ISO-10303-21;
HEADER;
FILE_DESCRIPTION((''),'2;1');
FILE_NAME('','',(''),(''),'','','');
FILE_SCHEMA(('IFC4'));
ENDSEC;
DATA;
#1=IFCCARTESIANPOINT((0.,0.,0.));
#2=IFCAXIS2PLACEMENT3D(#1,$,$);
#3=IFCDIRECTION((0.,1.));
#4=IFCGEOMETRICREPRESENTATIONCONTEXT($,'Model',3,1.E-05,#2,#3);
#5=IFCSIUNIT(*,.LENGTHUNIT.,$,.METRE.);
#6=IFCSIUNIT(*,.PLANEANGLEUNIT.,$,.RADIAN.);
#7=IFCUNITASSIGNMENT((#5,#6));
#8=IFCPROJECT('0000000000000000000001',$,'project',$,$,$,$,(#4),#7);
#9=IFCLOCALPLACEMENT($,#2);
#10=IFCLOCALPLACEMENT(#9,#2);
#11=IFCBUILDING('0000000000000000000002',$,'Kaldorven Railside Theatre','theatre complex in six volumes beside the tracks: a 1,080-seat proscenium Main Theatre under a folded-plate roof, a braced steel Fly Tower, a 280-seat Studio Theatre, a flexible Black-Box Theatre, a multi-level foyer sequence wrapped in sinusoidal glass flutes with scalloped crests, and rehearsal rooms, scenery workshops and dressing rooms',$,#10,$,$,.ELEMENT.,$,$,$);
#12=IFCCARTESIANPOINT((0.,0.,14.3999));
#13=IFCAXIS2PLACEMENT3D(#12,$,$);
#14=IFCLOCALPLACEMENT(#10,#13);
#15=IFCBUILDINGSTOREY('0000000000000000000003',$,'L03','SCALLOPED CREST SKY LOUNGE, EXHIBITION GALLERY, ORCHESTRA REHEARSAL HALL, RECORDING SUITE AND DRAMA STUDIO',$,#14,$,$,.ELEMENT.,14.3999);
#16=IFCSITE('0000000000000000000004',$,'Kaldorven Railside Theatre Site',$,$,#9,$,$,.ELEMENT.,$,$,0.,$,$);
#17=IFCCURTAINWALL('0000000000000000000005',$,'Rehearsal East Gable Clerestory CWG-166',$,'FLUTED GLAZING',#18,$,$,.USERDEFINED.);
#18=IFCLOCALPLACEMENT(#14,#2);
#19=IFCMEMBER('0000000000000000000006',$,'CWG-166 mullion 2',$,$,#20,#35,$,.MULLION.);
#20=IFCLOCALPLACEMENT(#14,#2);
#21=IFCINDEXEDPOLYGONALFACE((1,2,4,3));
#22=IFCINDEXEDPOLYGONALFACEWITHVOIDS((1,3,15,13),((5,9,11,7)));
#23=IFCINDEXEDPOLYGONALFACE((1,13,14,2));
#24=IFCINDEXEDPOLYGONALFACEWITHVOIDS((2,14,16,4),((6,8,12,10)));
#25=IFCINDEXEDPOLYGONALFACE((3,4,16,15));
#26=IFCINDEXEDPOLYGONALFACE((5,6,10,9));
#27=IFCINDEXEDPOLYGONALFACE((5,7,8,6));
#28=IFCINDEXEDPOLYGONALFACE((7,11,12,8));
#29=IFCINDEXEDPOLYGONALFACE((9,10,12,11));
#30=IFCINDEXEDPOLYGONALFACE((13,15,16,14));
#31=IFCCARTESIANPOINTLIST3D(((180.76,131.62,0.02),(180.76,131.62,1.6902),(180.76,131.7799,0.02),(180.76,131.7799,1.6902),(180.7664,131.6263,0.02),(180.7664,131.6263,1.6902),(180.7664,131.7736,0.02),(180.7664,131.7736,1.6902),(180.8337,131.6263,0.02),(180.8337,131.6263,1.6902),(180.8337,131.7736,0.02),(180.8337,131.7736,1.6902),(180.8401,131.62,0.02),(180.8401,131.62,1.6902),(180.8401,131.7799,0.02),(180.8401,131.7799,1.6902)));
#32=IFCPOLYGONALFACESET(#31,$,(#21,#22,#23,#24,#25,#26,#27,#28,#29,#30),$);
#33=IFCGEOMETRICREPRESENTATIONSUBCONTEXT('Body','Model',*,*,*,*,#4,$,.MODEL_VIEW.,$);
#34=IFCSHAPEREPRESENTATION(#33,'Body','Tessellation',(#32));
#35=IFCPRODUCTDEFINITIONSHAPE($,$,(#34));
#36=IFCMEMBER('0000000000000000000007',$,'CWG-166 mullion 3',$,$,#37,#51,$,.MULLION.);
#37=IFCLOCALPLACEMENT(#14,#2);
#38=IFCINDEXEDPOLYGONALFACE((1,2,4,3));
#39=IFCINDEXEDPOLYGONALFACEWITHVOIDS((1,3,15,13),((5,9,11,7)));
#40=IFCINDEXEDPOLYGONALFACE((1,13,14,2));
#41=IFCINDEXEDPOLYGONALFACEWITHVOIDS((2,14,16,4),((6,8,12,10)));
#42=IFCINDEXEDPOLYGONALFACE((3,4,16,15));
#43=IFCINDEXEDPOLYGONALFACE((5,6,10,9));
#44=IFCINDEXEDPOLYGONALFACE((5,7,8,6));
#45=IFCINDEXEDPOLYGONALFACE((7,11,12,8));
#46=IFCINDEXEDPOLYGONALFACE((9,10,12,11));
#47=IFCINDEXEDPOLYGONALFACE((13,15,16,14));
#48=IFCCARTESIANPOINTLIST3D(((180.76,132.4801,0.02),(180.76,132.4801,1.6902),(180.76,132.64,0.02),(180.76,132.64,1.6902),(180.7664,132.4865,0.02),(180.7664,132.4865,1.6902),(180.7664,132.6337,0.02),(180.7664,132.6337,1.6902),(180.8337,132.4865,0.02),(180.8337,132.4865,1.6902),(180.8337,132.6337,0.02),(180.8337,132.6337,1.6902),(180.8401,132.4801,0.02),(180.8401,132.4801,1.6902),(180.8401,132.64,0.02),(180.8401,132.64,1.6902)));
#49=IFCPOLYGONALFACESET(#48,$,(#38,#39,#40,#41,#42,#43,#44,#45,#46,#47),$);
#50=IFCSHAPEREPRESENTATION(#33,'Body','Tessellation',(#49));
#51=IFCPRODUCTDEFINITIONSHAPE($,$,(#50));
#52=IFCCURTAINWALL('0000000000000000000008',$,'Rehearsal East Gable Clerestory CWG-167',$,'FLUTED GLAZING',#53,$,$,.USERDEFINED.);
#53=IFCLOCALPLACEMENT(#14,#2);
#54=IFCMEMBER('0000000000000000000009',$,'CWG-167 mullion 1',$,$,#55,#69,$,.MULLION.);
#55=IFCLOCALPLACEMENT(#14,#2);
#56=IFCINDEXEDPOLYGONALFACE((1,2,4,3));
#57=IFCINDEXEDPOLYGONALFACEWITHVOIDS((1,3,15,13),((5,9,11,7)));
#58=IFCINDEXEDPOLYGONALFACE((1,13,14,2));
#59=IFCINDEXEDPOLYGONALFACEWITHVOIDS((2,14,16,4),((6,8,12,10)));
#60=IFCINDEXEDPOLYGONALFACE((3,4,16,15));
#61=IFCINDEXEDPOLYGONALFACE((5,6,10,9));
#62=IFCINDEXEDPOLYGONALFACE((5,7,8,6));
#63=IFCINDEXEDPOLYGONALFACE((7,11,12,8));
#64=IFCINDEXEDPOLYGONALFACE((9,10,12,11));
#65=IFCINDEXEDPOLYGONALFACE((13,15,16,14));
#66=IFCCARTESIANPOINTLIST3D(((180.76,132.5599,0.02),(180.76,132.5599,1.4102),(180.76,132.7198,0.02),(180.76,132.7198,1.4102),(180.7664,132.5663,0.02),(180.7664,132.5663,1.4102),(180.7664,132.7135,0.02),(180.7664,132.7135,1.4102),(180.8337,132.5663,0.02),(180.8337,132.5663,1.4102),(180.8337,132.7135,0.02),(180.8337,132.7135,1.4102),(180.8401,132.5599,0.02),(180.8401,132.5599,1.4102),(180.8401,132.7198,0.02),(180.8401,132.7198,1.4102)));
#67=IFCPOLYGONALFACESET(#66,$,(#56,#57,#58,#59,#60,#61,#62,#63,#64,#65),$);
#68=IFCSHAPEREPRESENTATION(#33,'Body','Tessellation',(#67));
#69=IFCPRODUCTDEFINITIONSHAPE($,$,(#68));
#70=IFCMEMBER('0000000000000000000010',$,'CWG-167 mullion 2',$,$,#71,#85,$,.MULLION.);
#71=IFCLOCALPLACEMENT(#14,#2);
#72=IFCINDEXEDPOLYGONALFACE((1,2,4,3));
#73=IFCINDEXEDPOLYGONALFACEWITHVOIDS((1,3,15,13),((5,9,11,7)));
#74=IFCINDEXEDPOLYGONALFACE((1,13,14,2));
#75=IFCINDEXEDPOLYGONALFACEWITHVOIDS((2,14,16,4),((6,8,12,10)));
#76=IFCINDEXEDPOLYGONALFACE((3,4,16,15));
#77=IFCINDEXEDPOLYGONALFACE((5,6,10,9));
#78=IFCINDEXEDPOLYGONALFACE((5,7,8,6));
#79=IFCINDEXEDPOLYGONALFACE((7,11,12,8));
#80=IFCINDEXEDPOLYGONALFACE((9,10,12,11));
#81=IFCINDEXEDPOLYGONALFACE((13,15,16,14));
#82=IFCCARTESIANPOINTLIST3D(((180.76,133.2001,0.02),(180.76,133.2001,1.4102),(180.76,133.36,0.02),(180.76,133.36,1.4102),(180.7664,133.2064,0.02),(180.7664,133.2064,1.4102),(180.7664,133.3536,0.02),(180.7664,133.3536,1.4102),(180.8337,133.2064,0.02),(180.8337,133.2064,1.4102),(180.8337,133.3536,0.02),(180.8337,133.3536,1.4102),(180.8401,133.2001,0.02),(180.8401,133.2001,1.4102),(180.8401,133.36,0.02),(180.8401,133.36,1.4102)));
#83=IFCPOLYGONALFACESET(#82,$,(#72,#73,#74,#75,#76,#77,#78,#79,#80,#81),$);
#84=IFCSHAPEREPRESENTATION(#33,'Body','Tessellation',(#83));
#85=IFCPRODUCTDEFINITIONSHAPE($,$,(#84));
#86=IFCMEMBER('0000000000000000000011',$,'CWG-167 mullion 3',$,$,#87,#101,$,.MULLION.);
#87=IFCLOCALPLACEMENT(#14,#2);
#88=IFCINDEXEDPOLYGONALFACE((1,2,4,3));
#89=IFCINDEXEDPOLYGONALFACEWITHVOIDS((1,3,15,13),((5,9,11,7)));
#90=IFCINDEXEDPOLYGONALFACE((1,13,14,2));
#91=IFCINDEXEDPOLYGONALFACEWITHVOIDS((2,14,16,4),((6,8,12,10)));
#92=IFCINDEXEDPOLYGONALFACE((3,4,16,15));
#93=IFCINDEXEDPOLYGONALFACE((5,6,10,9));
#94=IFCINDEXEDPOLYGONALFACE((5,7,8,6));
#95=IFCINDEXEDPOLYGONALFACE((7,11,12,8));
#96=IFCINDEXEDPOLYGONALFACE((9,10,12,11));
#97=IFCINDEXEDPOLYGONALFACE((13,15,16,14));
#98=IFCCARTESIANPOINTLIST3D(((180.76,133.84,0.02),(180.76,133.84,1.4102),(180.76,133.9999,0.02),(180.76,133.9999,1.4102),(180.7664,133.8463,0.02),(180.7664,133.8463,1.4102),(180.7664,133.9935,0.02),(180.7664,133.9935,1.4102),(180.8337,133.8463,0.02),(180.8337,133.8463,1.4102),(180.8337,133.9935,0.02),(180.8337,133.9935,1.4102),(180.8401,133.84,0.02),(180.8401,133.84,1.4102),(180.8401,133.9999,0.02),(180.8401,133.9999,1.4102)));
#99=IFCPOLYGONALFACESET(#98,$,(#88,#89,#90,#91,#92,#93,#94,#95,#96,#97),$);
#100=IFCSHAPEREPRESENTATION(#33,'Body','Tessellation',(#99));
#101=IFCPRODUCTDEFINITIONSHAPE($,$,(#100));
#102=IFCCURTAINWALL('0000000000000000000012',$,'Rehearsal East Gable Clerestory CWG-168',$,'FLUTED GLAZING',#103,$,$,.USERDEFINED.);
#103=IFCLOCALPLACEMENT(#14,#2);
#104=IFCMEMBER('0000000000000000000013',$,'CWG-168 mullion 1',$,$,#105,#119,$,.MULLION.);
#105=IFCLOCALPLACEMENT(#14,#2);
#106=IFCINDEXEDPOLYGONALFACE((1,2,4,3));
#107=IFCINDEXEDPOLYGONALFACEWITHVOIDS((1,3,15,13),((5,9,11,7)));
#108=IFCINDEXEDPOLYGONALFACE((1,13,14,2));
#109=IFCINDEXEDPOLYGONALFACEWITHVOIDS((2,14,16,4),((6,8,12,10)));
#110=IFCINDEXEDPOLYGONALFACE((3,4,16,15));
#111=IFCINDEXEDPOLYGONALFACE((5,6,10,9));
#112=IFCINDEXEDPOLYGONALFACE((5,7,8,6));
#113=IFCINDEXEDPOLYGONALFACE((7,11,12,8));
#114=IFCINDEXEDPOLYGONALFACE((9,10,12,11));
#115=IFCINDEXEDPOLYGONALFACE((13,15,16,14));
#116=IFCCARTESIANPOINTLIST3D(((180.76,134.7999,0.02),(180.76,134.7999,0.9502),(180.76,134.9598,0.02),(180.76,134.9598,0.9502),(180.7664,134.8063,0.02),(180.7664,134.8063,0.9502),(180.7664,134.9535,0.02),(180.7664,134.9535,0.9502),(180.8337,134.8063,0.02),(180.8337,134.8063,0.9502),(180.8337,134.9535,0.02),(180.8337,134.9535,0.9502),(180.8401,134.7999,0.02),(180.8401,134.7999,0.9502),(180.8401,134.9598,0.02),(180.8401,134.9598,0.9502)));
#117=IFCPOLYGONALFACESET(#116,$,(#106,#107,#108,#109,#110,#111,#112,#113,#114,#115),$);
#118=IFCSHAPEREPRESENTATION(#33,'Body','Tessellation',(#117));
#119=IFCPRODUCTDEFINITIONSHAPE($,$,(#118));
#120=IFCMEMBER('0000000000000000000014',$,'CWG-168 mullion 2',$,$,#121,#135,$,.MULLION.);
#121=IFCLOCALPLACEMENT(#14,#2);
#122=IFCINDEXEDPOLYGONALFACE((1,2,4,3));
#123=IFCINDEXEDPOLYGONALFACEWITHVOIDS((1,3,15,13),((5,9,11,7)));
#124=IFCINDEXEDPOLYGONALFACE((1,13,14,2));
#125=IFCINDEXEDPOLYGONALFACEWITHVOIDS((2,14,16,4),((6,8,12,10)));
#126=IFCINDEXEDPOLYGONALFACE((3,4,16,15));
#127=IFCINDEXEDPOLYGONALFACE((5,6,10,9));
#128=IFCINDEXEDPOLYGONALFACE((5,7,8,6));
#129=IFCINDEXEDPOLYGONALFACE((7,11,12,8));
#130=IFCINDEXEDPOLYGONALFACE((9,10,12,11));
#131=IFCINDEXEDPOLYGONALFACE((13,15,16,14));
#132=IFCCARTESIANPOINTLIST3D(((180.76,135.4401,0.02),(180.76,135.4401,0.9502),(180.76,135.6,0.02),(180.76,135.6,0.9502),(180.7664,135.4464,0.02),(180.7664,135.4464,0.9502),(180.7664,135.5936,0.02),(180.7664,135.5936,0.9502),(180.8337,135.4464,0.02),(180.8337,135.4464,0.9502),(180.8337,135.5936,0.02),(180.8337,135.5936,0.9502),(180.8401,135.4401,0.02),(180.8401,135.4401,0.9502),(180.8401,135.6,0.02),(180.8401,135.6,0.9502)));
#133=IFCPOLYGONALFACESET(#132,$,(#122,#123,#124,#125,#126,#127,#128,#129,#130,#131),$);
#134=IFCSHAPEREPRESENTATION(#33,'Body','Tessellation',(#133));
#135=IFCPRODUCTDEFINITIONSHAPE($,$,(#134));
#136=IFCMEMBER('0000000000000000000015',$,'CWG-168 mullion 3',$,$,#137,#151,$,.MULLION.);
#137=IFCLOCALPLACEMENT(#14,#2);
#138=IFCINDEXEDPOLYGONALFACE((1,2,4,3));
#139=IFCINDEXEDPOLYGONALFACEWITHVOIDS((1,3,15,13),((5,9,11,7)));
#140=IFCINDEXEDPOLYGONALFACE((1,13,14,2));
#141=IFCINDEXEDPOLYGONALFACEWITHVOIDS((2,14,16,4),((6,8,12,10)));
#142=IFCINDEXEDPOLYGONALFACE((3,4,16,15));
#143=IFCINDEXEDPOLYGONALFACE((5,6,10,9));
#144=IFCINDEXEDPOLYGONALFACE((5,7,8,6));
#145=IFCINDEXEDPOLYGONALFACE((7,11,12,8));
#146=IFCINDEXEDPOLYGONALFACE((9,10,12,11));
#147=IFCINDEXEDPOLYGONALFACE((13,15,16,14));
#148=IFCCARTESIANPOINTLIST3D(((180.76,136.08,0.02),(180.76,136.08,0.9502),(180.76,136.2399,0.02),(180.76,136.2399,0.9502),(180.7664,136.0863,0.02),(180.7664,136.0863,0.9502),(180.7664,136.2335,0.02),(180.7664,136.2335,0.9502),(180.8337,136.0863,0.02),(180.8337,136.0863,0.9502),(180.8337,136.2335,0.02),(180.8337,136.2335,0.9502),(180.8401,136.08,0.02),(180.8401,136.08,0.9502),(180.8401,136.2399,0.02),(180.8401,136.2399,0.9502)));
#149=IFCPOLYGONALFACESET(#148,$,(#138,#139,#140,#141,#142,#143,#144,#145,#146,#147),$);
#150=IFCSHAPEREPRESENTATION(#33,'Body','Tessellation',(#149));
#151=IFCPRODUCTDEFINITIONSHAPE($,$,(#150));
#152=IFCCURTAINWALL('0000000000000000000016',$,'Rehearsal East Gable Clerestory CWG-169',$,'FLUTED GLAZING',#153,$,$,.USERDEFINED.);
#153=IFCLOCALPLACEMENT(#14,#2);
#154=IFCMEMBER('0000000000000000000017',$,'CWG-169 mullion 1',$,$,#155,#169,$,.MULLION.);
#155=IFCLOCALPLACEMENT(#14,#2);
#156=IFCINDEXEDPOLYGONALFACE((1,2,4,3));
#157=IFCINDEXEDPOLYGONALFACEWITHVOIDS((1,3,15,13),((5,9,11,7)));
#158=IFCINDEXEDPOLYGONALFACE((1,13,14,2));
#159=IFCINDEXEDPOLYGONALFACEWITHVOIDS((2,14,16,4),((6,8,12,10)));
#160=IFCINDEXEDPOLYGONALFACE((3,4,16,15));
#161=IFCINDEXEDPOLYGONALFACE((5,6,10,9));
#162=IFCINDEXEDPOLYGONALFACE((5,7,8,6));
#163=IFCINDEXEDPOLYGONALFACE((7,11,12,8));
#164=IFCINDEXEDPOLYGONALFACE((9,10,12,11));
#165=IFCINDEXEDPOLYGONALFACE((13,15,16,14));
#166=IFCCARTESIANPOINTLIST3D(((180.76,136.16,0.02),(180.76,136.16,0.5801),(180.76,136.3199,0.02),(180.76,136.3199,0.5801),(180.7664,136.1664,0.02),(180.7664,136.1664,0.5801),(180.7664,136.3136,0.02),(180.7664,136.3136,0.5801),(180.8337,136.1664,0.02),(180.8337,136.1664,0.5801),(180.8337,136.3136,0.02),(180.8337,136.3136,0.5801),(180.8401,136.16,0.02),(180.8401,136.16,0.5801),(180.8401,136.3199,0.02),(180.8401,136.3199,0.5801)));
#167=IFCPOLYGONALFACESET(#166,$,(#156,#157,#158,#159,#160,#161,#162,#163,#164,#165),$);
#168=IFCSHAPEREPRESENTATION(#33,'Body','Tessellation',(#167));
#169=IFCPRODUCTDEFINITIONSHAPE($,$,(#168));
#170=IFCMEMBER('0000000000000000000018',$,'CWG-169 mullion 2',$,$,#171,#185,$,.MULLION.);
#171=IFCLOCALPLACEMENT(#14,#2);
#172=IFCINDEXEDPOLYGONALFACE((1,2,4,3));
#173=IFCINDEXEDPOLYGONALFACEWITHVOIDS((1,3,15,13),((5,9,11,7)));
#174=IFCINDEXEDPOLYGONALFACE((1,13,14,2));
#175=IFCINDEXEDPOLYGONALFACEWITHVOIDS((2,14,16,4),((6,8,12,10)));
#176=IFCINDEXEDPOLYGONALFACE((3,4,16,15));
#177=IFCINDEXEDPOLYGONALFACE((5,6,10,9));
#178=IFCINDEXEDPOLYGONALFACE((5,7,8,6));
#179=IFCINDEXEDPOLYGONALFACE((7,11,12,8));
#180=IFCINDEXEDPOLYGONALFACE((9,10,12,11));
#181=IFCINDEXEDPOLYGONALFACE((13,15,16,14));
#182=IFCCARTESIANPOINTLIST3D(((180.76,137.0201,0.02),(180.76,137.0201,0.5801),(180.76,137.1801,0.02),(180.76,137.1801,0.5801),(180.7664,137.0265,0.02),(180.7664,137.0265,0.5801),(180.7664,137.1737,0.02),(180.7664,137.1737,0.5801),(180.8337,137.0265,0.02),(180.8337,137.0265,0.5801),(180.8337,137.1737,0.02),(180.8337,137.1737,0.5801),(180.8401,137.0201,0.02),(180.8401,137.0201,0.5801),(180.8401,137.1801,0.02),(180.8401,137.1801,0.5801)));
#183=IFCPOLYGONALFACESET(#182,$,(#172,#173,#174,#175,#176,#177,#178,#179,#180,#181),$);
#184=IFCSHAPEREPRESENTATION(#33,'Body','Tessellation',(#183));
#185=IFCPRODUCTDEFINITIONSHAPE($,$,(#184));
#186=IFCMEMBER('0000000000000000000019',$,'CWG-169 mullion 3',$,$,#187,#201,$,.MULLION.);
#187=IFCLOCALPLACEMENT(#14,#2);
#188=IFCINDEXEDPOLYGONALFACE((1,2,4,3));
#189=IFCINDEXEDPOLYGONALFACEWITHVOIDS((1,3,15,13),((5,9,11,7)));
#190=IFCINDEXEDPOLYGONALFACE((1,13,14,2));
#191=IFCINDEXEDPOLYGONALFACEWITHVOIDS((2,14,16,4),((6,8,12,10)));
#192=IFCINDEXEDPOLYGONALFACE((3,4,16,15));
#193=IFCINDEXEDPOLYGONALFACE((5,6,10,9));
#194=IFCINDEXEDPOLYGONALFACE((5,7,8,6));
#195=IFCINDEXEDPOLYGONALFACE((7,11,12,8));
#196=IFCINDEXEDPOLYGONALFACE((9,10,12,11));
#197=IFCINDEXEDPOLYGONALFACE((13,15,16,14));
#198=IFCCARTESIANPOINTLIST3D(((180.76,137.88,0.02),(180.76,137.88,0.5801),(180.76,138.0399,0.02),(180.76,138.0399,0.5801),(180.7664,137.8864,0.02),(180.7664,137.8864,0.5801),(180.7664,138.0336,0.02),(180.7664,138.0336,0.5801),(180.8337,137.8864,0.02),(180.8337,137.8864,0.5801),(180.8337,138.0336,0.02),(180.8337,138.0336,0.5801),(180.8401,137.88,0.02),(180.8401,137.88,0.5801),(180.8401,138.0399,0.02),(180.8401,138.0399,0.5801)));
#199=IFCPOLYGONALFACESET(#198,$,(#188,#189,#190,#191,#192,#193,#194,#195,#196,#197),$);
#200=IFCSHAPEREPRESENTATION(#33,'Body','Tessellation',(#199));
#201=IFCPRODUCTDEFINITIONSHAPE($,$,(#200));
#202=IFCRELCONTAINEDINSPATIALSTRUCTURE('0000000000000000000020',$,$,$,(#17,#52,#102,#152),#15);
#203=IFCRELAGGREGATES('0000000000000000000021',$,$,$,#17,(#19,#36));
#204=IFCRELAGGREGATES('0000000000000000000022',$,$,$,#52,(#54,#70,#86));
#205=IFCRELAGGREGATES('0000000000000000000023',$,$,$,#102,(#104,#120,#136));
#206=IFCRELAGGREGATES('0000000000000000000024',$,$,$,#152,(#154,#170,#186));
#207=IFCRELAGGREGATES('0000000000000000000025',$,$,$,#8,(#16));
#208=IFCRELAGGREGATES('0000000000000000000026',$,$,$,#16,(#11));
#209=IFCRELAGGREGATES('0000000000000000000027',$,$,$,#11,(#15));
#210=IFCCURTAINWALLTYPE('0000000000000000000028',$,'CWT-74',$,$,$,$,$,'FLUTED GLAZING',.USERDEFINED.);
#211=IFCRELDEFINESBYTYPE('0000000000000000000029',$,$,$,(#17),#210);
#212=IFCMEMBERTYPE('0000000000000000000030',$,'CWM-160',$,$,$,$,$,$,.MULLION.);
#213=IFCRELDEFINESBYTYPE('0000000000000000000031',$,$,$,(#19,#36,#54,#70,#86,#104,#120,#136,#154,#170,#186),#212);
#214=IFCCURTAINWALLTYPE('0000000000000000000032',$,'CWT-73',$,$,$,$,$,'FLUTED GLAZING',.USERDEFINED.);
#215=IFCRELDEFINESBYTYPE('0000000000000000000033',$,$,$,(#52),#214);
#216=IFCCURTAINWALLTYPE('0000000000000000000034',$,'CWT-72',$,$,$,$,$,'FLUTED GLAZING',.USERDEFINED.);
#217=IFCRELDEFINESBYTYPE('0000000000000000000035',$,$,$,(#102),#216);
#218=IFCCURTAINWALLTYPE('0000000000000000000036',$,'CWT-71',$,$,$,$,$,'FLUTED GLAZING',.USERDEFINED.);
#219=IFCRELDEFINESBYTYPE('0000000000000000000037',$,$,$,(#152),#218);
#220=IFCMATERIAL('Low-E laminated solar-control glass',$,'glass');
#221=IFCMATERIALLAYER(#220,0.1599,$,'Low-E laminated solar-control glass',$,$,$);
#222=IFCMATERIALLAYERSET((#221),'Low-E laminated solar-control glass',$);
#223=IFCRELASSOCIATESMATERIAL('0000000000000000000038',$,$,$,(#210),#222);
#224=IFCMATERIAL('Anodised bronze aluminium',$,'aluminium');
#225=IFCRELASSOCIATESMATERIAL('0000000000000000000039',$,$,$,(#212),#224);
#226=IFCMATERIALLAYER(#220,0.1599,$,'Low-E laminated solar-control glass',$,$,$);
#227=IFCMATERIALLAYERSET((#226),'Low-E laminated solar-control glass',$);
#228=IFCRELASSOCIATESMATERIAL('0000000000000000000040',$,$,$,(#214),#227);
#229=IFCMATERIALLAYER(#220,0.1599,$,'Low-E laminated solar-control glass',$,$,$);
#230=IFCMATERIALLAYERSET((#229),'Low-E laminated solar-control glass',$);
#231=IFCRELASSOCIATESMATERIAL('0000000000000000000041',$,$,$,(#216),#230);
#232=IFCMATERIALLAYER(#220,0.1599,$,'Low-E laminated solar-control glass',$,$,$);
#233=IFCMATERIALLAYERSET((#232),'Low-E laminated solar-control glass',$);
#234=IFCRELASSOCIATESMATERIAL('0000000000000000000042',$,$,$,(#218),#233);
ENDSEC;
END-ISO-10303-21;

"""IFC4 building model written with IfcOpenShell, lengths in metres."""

from ifc_helpers import new_model, si_unit, direction, frame, origin, origin_2d, place, context, subcontext, project, spatial, hollow_rectangle, extrude, material, layer, layer_set, material_profile, profile_set, type_object, element, aggregate, save


model = new_model("IFC4")

# Units and contexts
model_context = context("Model", 3, precision=1e-05, world=origin(), true_north=direction((0.0, 1.0)))
body_context = subcontext(model_context, "Body", "Model", "MODEL_VIEW")
ifc_project = project(units=[si_unit("LENGTHUNIT", "METRE"), si_unit("PLANEANGLEUNIT", "RADIAN")], contexts=[model_context])

# Site, building, storey
site_placement = place(None, origin())
site = spatial("IfcSite", under=ifc_project, at=site_placement, Name="Kaldorven Railside Theatre Site", CompositionType="ELEMENT", RefElevation=0.0)
building_placement = place(site_placement, origin())
building = spatial("IfcBuilding", under=site, at=building_placement, Name="Kaldorven Railside Theatre", Description="theatre complex in six volumes beside the tracks: a 1,080-seat proscenium Main Theatre under a folded-plate roof, a braced steel Fly Tower, a 280-seat Studio Theatre, a flexible Black-Box Theatre, a multi-level foyer sequence wrapped in sinusoidal glass flutes with scalloped crests, and rehearsal rooms, scenery workshops and dressing rooms", CompositionType="ELEMENT")
storey_placement = place(building_placement, frame((0.0, 0.0, 14.3999)))
storey = spatial("IfcBuildingStorey", under=building, at=storey_placement, Name="L03", Description="SCALLOPED CREST SKY LOUNGE, EXHIBITION GALLERY, ORCHESTRA REHEARSAL HALL, RECORDING SUITE AND DRAMA STUDIO", CompositionType="ELEMENT", Elevation=14.3999)

# Curtain walls, members
ifc_material_1 = material(Name="Low-E laminated solar-control glass", Category="glass")
ifc_layer_1 = layer(ifc_material_1, 0.1599, Name="Low-E laminated solar-control glass")
ifc_layer_set_1 = layer_set([ifc_layer_1], Name="Low-E laminated solar-control glass")
curtain_wall_type_1 = type_object("IfcCurtainWallType", Name="CWT-74", ElementType="FLUTED GLAZING", PredefinedType="USERDEFINED", material=ifc_layer_set_1)
curtain_wall_1_placement = place(storey_placement, origin())
curtain_wall_1 = element("IfcCurtainWall", 1, at=curtain_wall_1_placement, inside=storey, type_object=curtain_wall_type_1, Name="Rehearsal East Gable Clerestory CWG-166", ObjectType="FLUTED GLAZING", PredefinedType="USERDEFINED")
ifc_material_2 = material(Name="Anodised bronze aluminium", Category="aluminium")
ifc_material_profile_1 = material_profile(ifc_material_2, hollow_rectangle(XDim=0.0801, YDim=0.1599, WallThickness=0.0063, at=origin_2d()), Name="RHS 160x80x6.3")
ifc_profile_set_1 = profile_set([ifc_material_profile_1], Name="Anodised bronze aluminium")
member_type_1 = type_object("IfcMemberType", Name="CWM-160", PredefinedType="MULLION", material=ifc_profile_set_1)
member_1_placement = place(storey_placement, frame((180.8, 131.7, 0.02), z_axis=(0.0, 0.0, 1.0), x_axis=(-1.0, 0.0, 0.0)))
member_1 = element("IfcMember", 2, at=member_1_placement, type_object=member_type_1, Name="CWG-166 mullion 2", PredefinedType="MULLION", context=body_context, shape_type="SweptSolid", body=[
    extrude(hollow_rectangle(XDim=0.0801, YDim=0.1599, WallThickness=0.0063, at=origin_2d()), origin(), (0.0, 0.0, 1.0), 1.6702),
])
member_2_placement = place(storey_placement, frame((180.8, 132.5601, 0.02), z_axis=(0.0, 0.0, 1.0), x_axis=(-1.0, 0.0, 0.0)))
member_2 = element("IfcMember", 3, at=member_2_placement, type_object=member_type_1, Name="CWG-166 mullion 3", PredefinedType="MULLION", context=body_context, shape_type="SweptSolid", body=[
    extrude(hollow_rectangle(XDim=0.0801, YDim=0.1599, WallThickness=0.0063, at=origin_2d()), origin(), (0.0, 0.0, 1.0), 1.6702),
])
ifc_layer_2 = layer(ifc_material_1, 0.1599, Name="Low-E laminated solar-control glass")
ifc_layer_set_2 = layer_set([ifc_layer_2], Name="Low-E laminated solar-control glass")
curtain_wall_type_2 = type_object("IfcCurtainWallType", Name="CWT-73", ElementType="FLUTED GLAZING", PredefinedType="USERDEFINED", material=ifc_layer_set_2)
curtain_wall_2_placement = place(storey_placement, origin())
curtain_wall_2 = element("IfcCurtainWall", 4, at=curtain_wall_2_placement, inside=storey, type_object=curtain_wall_type_2, Name="Rehearsal East Gable Clerestory CWG-167", ObjectType="FLUTED GLAZING", PredefinedType="USERDEFINED")
member_3_placement = place(storey_placement, frame((180.8, 132.6399, 0.02), z_axis=(0.0, 0.0, 1.0), x_axis=(-1.0, 0.0, 0.0)))
member_3 = element("IfcMember", 5, at=member_3_placement, type_object=member_type_1, Name="CWG-167 mullion 1", PredefinedType="MULLION", context=body_context, shape_type="SweptSolid", body=[
    extrude(hollow_rectangle(XDim=0.0801, YDim=0.1599, WallThickness=0.0063, at=origin_2d()), origin(), (0.0, 0.0, 1.0), 1.3901),
])
member_4_placement = place(storey_placement, frame((180.8, 133.28, 0.02), z_axis=(0.0, 0.0, 1.0), x_axis=(-1.0, 0.0, 0.0)))
member_4 = element("IfcMember", 6, at=member_4_placement, type_object=member_type_1, Name="CWG-167 mullion 2", PredefinedType="MULLION", context=body_context, shape_type="SweptSolid", body=[
    extrude(hollow_rectangle(XDim=0.0801, YDim=0.1599, WallThickness=0.0063, at=origin_2d()), origin(), (0.0, 0.0, 1.0), 1.3901),
])
member_5_placement = place(storey_placement, frame((180.8, 133.9199, 0.02), z_axis=(0.0, 0.0, 1.0), x_axis=(-1.0, 0.0, 0.0)))
member_5 = element("IfcMember", 7, at=member_5_placement, type_object=member_type_1, Name="CWG-167 mullion 3", PredefinedType="MULLION", context=body_context, shape_type="SweptSolid", body=[
    extrude(hollow_rectangle(XDim=0.0801, YDim=0.1599, WallThickness=0.0063, at=origin_2d()), origin(), (0.0, 0.0, 1.0), 1.3901),
])
ifc_layer_3 = layer(ifc_material_1, 0.1599, Name="Low-E laminated solar-control glass")
ifc_layer_set_3 = layer_set([ifc_layer_3], Name="Low-E laminated solar-control glass")
curtain_wall_type_3 = type_object("IfcCurtainWallType", Name="CWT-72", ElementType="FLUTED GLAZING", PredefinedType="USERDEFINED", material=ifc_layer_set_3)
curtain_wall_3_placement = place(storey_placement, origin())
curtain_wall_3 = element("IfcCurtainWall", 8, at=curtain_wall_3_placement, inside=storey, type_object=curtain_wall_type_3, Name="Rehearsal East Gable Clerestory CWG-168", ObjectType="FLUTED GLAZING", PredefinedType="USERDEFINED")
member_6_placement = place(storey_placement, frame((180.8, 134.8799, 0.02), z_axis=(0.0, 0.0, 1.0), x_axis=(-1.0, 0.0, 0.0)))
member_6 = element("IfcMember", 9, at=member_6_placement, type_object=member_type_1, Name="CWG-168 mullion 1", PredefinedType="MULLION", context=body_context, shape_type="SweptSolid", body=[
    extrude(hollow_rectangle(XDim=0.0801, YDim=0.1599, WallThickness=0.0063, at=origin_2d()), origin(), (0.0, 0.0, 1.0), 0.9302),
])
member_7_placement = place(storey_placement, frame((180.8, 135.52, 0.02), z_axis=(0.0, 0.0, 1.0), x_axis=(-1.0, 0.0, 0.0)))
member_7 = element("IfcMember", 10, at=member_7_placement, type_object=member_type_1, Name="CWG-168 mullion 2", PredefinedType="MULLION", context=body_context, shape_type="SweptSolid", body=[
    extrude(hollow_rectangle(XDim=0.0801, YDim=0.1599, WallThickness=0.0063, at=origin_2d()), origin(), (0.0, 0.0, 1.0), 0.9302),
])
member_8_placement = place(storey_placement, frame((180.8, 136.1599, 0.02), z_axis=(0.0, 0.0, 1.0), x_axis=(-1.0, 0.0, 0.0)))
member_8 = element("IfcMember", 11, at=member_8_placement, type_object=member_type_1, Name="CWG-168 mullion 3", PredefinedType="MULLION", context=body_context, shape_type="SweptSolid", body=[
    extrude(hollow_rectangle(XDim=0.0801, YDim=0.1599, WallThickness=0.0063, at=origin_2d()), origin(), (0.0, 0.0, 1.0), 0.9302),
])
ifc_layer_4 = layer(ifc_material_1, 0.1599, Name="Low-E laminated solar-control glass")
ifc_layer_set_4 = layer_set([ifc_layer_4], Name="Low-E laminated solar-control glass")
curtain_wall_type_4 = type_object("IfcCurtainWallType", Name="CWT-71", ElementType="FLUTED GLAZING", PredefinedType="USERDEFINED", material=ifc_layer_set_4)
curtain_wall_4_placement = place(storey_placement, origin())
curtain_wall_4 = element("IfcCurtainWall", 12, at=curtain_wall_4_placement, inside=storey, type_object=curtain_wall_type_4, Name="Rehearsal East Gable Clerestory CWG-169", ObjectType="FLUTED GLAZING", PredefinedType="USERDEFINED")
member_9_placement = place(storey_placement, frame((180.8, 136.24, 0.02), z_axis=(0.0, 0.0, 1.0), x_axis=(-1.0, 0.0, 0.0)))
member_9 = element("IfcMember", 13, at=member_9_placement, type_object=member_type_1, Name="CWG-169 mullion 1", PredefinedType="MULLION", context=body_context, shape_type="SweptSolid", body=[
    extrude(hollow_rectangle(XDim=0.0801, YDim=0.1599, WallThickness=0.0063, at=origin_2d()), origin(), (0.0, 0.0, 1.0), 0.5601),
])
member_10_placement = place(storey_placement, frame((180.8, 137.1001, 0.02), z_axis=(0.0, 0.0, 1.0), x_axis=(-1.0, 0.0, 0.0)))
member_10 = element("IfcMember", 14, at=member_10_placement, type_object=member_type_1, Name="CWG-169 mullion 2", PredefinedType="MULLION", context=body_context, shape_type="SweptSolid", body=[
    extrude(hollow_rectangle(XDim=0.0801, YDim=0.1599, WallThickness=0.0063, at=origin_2d()), origin(), (0.0, 0.0, 1.0), 0.5601),
])
member_11_placement = place(storey_placement, frame((180.8, 137.96, 0.02), z_axis=(0.0, 0.0, 1.0), x_axis=(-1.0, 0.0, 0.0)))
member_11 = element("IfcMember", 15, at=member_11_placement, type_object=member_type_1, Name="CWG-169 mullion 3", PredefinedType="MULLION", context=body_context, shape_type="SweptSolid", body=[
    extrude(hollow_rectangle(XDim=0.0801, YDim=0.1599, WallThickness=0.0063, at=origin_2d()), origin(), (0.0, 0.0, 1.0), 0.5601),
])

aggregate(curtain_wall_1, [member_1, member_2])
aggregate(curtain_wall_2, [member_3, member_4, member_5])
aggregate(curtain_wall_3, [member_6, member_7, member_8])
aggregate(curtain_wall_4, [member_9, member_10, member_11])

save(model, "model.ifc")
